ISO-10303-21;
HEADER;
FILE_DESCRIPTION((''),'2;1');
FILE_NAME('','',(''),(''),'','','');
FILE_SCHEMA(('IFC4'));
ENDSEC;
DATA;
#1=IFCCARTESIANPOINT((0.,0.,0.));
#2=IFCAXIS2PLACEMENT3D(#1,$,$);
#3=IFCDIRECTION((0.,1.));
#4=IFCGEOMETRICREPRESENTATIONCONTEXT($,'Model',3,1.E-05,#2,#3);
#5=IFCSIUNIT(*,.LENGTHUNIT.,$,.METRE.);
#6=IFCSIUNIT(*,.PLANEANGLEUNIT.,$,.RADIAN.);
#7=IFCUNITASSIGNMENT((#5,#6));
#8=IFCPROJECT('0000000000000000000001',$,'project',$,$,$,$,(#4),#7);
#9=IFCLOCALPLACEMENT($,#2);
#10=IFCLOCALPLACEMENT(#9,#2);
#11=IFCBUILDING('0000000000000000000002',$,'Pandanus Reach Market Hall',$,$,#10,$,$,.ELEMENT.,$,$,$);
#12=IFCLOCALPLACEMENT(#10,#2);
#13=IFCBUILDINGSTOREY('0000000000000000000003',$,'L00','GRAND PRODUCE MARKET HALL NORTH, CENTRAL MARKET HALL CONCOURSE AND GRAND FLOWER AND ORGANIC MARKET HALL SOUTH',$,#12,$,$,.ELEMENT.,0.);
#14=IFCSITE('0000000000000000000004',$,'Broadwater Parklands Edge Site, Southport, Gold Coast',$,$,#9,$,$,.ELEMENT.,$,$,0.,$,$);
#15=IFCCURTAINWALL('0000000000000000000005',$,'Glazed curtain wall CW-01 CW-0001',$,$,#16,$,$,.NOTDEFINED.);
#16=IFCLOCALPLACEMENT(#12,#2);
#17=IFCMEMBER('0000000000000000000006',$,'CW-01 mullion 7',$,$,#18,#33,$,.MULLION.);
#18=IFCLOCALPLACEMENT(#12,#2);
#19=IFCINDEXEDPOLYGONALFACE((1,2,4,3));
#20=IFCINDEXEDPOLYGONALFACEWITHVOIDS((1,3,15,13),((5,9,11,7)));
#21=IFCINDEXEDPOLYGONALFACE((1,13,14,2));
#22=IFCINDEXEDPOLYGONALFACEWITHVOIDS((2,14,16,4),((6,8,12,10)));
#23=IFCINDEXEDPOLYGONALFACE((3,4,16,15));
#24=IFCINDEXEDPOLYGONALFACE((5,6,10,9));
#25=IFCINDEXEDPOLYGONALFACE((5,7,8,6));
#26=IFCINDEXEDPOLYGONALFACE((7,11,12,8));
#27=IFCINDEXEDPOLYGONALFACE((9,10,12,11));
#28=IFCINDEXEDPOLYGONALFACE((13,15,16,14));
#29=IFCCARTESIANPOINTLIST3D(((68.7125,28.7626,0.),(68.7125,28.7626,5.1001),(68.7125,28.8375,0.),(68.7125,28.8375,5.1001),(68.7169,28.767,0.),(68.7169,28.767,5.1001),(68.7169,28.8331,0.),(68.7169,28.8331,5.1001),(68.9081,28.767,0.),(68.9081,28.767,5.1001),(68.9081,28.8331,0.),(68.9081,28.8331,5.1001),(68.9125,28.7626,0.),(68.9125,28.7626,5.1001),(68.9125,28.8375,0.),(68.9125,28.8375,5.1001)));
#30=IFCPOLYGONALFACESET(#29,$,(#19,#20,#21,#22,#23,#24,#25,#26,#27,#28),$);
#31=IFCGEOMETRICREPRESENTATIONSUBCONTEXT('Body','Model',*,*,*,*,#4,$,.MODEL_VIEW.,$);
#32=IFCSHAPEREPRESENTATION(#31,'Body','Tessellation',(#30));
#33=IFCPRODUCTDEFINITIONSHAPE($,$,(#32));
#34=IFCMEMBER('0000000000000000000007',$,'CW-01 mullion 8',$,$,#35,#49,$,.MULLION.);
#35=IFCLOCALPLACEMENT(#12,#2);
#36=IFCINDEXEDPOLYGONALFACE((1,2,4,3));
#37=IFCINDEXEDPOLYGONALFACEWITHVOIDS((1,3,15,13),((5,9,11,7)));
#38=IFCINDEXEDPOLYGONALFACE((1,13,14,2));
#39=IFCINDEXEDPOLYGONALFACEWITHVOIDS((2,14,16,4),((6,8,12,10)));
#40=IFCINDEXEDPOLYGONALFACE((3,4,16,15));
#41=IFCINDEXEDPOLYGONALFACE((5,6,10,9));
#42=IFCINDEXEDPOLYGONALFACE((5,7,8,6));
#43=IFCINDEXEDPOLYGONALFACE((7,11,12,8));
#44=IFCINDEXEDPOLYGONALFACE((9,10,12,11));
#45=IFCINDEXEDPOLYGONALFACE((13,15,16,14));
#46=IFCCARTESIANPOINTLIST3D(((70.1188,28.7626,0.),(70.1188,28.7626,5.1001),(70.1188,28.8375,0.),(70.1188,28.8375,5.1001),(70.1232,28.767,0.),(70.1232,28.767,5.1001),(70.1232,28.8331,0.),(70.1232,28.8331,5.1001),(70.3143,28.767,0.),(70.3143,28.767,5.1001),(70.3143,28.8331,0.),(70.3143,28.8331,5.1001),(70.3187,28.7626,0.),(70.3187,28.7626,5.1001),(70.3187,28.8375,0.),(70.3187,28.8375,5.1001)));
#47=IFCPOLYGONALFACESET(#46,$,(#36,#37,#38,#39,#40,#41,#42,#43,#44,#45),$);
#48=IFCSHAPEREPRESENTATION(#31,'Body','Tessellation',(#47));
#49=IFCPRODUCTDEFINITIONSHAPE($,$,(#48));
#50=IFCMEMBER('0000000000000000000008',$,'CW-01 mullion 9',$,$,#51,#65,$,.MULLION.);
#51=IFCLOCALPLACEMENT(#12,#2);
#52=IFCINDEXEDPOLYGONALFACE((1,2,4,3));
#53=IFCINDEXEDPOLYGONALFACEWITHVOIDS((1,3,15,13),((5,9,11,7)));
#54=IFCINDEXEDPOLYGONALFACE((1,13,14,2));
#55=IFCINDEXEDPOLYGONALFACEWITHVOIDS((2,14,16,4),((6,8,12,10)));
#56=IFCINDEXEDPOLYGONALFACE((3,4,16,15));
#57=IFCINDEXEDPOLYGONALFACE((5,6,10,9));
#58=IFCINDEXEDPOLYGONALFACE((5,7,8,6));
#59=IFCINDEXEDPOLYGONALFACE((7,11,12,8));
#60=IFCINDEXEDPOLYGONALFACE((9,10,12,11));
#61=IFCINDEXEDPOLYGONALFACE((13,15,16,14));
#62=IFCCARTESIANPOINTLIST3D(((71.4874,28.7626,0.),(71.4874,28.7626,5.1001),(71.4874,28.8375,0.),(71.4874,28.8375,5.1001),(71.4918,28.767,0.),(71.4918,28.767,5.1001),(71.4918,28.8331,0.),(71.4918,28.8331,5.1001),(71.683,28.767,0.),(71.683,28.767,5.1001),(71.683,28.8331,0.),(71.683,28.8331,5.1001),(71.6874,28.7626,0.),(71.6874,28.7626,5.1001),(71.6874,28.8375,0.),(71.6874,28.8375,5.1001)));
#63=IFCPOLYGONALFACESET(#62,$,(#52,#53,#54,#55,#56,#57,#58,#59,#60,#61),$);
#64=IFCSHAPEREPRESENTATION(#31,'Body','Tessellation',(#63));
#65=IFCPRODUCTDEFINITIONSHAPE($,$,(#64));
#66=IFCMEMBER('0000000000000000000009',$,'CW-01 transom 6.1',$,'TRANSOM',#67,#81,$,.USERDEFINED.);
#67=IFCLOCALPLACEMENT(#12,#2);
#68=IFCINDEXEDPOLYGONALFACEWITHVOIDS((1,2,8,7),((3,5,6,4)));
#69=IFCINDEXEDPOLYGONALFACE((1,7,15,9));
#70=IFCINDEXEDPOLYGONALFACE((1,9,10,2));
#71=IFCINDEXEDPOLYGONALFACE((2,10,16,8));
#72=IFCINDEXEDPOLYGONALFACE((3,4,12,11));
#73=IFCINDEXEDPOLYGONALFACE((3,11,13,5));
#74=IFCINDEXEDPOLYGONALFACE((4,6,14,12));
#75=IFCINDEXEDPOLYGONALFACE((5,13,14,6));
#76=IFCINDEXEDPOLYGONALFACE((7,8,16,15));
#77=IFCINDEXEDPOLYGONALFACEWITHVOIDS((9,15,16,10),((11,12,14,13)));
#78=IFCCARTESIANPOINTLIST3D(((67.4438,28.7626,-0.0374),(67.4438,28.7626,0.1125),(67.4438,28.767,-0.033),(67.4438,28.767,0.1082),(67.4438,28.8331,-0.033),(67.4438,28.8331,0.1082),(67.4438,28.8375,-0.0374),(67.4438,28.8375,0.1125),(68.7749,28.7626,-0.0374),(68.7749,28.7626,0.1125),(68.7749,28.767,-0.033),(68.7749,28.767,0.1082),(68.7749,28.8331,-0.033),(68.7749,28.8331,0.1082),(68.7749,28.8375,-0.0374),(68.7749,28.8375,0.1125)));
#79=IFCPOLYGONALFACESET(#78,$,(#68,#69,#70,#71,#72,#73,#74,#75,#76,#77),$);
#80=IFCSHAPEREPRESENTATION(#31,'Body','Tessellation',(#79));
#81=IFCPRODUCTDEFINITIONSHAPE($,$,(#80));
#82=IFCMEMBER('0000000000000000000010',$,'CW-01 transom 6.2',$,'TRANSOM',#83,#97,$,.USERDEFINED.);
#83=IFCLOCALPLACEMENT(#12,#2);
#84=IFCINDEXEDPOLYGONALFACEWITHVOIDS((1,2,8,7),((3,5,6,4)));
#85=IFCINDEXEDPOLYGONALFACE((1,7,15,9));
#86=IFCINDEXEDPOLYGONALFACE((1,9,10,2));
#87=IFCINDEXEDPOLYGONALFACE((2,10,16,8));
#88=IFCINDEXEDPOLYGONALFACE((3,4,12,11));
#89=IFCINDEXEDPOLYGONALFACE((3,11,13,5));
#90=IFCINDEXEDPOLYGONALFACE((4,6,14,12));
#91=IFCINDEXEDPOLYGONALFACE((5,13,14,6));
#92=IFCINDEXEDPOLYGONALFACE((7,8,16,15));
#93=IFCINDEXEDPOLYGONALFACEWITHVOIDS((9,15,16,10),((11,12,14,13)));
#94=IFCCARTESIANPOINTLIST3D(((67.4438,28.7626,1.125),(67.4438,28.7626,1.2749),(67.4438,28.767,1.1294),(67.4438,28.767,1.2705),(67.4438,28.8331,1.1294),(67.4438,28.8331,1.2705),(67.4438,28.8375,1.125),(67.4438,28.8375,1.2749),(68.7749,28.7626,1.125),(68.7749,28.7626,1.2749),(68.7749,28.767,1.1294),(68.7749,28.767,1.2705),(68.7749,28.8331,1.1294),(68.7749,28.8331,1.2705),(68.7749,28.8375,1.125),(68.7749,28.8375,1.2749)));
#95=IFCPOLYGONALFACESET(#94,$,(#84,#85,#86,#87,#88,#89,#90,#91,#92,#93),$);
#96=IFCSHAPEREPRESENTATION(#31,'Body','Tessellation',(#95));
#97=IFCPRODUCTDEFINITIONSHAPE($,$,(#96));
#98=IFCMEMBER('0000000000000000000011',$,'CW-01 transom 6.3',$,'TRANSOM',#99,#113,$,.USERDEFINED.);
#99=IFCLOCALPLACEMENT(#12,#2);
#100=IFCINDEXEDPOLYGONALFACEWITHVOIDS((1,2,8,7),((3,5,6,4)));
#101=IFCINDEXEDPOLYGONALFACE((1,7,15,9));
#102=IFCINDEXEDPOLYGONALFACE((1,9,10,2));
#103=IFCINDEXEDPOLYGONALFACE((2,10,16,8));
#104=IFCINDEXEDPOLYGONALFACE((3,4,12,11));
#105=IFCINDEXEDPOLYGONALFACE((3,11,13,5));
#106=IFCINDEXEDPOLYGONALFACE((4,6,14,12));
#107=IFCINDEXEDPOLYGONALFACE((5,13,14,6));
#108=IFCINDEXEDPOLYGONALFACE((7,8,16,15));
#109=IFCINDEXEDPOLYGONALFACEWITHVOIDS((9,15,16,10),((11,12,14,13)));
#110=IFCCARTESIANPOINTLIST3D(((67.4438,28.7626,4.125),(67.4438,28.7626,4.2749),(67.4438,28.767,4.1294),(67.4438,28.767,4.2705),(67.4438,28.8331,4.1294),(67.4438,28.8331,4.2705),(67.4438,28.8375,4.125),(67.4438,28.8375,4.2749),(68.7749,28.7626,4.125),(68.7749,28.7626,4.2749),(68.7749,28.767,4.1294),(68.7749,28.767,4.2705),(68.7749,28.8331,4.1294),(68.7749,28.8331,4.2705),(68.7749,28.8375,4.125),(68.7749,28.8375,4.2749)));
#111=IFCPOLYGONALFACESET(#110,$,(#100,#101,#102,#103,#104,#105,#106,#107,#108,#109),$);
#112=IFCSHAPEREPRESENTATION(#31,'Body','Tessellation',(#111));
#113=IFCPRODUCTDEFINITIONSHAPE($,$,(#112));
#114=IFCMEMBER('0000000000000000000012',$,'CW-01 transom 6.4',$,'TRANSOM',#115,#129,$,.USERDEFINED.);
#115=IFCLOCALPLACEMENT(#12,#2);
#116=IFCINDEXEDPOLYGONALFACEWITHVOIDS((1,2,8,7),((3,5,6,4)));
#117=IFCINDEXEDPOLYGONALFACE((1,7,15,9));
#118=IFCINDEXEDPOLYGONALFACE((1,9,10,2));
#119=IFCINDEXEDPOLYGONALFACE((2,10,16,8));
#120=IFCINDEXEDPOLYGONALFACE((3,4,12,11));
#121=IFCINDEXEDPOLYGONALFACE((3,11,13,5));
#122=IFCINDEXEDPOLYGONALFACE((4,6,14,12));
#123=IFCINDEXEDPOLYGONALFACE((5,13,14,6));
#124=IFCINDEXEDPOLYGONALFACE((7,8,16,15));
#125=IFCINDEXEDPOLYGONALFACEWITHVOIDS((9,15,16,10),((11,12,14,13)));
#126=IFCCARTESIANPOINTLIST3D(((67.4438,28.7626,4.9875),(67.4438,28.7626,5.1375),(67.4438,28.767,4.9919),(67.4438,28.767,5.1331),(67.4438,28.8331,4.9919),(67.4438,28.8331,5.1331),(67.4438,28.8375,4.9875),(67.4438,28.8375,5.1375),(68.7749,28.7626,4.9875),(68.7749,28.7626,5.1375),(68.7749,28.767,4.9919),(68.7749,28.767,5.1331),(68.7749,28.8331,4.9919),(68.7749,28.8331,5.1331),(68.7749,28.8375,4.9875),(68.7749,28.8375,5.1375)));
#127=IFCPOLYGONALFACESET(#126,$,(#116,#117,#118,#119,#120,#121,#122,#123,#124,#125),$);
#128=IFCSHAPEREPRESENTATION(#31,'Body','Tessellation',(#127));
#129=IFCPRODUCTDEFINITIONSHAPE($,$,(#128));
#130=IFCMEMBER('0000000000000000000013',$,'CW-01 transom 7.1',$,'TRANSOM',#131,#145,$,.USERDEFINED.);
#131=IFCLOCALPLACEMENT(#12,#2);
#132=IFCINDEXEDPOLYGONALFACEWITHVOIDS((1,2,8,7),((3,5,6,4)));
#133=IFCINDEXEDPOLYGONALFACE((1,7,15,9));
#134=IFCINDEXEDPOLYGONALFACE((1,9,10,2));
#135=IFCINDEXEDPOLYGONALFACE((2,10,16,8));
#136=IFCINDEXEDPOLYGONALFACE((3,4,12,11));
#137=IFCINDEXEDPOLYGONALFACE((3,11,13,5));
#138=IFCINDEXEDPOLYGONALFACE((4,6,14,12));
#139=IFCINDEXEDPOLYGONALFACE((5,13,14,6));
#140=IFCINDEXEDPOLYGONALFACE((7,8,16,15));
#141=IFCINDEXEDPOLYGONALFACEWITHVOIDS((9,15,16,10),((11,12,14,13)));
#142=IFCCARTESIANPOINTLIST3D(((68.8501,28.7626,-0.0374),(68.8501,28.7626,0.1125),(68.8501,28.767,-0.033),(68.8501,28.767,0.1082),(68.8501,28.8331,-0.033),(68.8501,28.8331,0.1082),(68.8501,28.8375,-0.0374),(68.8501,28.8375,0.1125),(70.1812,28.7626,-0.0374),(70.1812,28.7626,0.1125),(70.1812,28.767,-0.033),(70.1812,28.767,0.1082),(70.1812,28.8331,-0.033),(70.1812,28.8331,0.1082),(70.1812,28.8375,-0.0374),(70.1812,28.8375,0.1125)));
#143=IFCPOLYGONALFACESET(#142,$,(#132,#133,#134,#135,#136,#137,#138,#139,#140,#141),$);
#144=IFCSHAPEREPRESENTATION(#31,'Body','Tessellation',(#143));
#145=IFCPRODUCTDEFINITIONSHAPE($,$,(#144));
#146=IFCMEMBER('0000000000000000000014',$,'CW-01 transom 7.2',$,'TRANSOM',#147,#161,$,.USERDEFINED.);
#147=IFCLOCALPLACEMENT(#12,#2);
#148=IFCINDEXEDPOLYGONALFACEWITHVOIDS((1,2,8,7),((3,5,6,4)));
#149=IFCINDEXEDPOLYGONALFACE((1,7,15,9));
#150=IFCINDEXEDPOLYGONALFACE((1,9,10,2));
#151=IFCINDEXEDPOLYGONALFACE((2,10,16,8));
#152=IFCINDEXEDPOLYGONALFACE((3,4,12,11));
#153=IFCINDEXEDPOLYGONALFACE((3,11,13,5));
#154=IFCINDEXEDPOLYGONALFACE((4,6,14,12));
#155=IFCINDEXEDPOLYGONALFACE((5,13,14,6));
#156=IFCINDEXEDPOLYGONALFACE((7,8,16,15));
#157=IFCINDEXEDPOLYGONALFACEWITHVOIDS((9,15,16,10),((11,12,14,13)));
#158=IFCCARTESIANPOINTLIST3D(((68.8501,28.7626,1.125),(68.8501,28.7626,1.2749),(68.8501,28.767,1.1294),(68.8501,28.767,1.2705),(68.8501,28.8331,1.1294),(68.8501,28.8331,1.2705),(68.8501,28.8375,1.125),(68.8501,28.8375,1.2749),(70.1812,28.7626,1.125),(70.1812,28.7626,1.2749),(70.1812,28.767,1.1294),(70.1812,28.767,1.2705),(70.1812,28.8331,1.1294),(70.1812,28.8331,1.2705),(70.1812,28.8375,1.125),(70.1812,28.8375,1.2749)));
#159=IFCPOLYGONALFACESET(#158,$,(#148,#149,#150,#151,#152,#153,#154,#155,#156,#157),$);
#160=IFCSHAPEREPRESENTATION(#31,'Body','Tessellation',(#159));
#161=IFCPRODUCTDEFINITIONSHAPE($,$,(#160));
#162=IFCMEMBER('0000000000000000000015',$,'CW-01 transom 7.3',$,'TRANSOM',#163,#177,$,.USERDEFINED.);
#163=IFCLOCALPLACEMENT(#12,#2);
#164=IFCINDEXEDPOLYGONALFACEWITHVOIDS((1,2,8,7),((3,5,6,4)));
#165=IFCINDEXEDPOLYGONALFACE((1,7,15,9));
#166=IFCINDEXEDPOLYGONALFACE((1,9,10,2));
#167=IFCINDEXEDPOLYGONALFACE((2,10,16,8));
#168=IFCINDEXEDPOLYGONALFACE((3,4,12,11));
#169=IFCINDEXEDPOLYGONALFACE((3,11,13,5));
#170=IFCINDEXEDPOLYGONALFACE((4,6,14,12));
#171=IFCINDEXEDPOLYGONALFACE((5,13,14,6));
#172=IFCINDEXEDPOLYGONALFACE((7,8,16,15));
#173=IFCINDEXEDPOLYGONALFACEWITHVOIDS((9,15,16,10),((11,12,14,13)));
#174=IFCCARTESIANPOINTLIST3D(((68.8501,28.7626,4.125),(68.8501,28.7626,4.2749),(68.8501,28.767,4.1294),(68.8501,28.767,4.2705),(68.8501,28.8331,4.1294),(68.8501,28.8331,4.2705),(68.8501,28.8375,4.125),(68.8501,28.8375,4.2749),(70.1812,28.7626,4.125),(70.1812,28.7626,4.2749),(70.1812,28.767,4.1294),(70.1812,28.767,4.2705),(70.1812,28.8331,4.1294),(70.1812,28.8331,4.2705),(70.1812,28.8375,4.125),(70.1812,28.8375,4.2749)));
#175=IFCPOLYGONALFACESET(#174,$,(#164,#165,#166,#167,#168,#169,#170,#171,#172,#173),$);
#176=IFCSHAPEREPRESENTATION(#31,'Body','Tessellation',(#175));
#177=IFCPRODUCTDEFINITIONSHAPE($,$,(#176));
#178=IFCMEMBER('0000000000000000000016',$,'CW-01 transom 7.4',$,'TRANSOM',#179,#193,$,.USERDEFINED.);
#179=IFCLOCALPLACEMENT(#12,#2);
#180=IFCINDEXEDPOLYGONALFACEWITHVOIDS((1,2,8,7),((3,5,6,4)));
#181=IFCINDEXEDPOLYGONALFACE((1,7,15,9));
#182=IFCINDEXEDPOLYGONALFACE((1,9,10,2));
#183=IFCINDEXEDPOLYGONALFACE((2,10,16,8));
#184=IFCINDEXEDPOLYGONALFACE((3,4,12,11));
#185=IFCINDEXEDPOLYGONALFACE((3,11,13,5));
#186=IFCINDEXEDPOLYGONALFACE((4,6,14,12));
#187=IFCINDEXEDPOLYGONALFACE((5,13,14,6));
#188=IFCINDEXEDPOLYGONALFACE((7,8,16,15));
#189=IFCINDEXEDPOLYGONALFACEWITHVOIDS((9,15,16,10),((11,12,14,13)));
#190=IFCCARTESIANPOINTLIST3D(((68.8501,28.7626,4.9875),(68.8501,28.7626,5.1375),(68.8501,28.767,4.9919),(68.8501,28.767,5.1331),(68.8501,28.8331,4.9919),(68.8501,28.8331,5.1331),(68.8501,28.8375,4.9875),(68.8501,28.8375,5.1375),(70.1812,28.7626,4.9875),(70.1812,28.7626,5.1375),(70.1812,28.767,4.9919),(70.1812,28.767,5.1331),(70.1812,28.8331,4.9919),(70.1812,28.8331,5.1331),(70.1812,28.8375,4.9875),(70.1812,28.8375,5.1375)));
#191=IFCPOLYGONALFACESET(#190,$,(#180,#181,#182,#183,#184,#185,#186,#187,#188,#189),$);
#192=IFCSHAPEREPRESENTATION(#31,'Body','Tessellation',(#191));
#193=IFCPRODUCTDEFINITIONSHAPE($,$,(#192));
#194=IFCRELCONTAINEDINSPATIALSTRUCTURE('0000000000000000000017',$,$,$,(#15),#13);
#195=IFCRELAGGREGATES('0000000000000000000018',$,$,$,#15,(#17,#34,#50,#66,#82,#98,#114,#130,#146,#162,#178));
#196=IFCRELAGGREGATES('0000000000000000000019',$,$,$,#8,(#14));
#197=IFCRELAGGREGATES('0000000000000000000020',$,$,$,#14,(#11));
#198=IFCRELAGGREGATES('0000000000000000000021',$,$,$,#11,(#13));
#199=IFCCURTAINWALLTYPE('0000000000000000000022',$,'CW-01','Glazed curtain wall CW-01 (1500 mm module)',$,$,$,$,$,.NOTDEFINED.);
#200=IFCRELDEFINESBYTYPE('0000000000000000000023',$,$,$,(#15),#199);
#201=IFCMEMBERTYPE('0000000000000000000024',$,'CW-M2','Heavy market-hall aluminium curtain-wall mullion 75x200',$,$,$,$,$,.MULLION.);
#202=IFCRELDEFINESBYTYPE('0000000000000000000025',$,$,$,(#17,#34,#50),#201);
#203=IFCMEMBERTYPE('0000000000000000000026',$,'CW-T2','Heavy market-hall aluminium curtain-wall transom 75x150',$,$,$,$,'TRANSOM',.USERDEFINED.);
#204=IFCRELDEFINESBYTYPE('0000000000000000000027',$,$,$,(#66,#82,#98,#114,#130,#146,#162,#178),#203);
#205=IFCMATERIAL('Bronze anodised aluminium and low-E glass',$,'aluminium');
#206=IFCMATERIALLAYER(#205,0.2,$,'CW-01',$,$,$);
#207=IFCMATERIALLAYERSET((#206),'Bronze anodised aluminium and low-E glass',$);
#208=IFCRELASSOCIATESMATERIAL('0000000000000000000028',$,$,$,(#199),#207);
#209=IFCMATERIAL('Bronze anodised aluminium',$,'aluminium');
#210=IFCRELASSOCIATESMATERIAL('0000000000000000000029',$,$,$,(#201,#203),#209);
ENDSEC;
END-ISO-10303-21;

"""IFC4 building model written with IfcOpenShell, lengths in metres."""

from ifc_helpers import new_model, si_unit, direction, frame, origin, origin_2d, place, context, subcontext, project, spatial, hollow_rectangle, extrude, material, layer, layer_set, material_profile, profile_set, type_object, element, aggregate, save


model = new_model("IFC4")

# Units and contexts
model_context = context("Model", 3, precision=1e-05, world=origin(), true_north=direction((0.0, 1.0)))
body_context = subcontext(model_context, "Body", "Model", "MODEL_VIEW")
ifc_project = project(units=[si_unit("LENGTHUNIT", "METRE"), si_unit("PLANEANGLEUNIT", "RADIAN")], contexts=[model_context])

# Site, building, storey
site_placement = place(None, origin())
site = spatial("IfcSite", under=ifc_project, at=site_placement, Name="Broadwater Parklands Edge Site, Southport, Gold Coast", CompositionType="ELEMENT", RefElevation=0.0)
building_placement = place(site_placement, origin())
building = spatial("IfcBuilding", under=site, at=building_placement, Name="Pandanus Reach Market Hall", CompositionType="ELEMENT")
storey_placement = place(building_placement, origin())
storey = spatial("IfcBuildingStorey", under=building, at=storey_placement, Name="L00", Description="GRAND PRODUCE MARKET HALL NORTH, CENTRAL MARKET HALL CONCOURSE AND GRAND FLOWER AND ORGANIC MARKET HALL SOUTH", CompositionType="ELEMENT", Elevation=0.0)

# Curtain wall, members
ifc_material_1 = material(Name="Bronze anodised aluminium and low-E glass", Category="aluminium")
ifc_layer_1 = layer(ifc_material_1, 0.2, Name="CW-01")
ifc_layer_set_1 = layer_set([ifc_layer_1], Name="Bronze anodised aluminium and low-E glass")
curtain_wall_type = type_object("IfcCurtainWallType", Name="CW-01", Description="Glazed curtain wall CW-01 (1500 mm module)", PredefinedType="NOTDEFINED", material=ifc_layer_set_1)
curtain_wall_placement = place(storey_placement, origin())
curtain_wall = element("IfcCurtainWall", 1, at=curtain_wall_placement, inside=storey, type_object=curtain_wall_type, Name="Glazed curtain wall CW-01 CW-0001", PredefinedType="NOTDEFINED")
ifc_material_2 = material(Name="Bronze anodised aluminium", Category="aluminium")
ifc_material_profile_1 = material_profile(ifc_material_2, hollow_rectangle(XDim=0.075, YDim=0.2, WallThickness=0.0044, at=origin_2d()), Name="ALU75x200", Category="LoadBearing")
ifc_profile_set_1 = profile_set([ifc_material_profile_1], Name="Bronze anodised aluminium")
member_type_1 = type_object("IfcMemberType", Name="CW-M2", Description="Heavy market-hall aluminium curtain-wall mullion 75x200", PredefinedType="MULLION", material=ifc_profile_set_1)
member_1_placement = place(storey_placement, frame((68.8125, 28.8, 0.0), z_axis=(0.0, 0.0, 1.0), x_axis=(0.0, 1.0, 0.0)))
member_1 = element("IfcMember", 2, at=member_1_placement, type_object=member_type_1, Name="CW-01 mullion 7", PredefinedType="MULLION", context=body_context, shape_type="SweptSolid", body=[
    extrude(hollow_rectangle(XDim=0.075, YDim=0.2, WallThickness=0.0044, at=origin_2d()), origin(), (0.0, 0.0, 1.0), 5.1001),
])
member_2_placement = place(storey_placement, frame((70.2188, 28.8, 0.0), z_axis=(0.0, 0.0, 1.0), x_axis=(0.0, 1.0, 0.0)))
member_2 = element("IfcMember", 3, at=member_2_placement, type_object=member_type_1, Name="CW-01 mullion 8", PredefinedType="MULLION", context=body_context, shape_type="SweptSolid", body=[
    extrude(hollow_rectangle(XDim=0.075, YDim=0.2, WallThickness=0.0044, at=origin_2d()), origin(), (0.0, 0.0, 1.0), 5.1001),
])
member_3_placement = place(storey_placement, frame((71.5874, 28.8, 0.0), z_axis=(0.0, 0.0, 1.0), x_axis=(0.0, 1.0, 0.0)))
member_3 = element("IfcMember", 4, at=member_3_placement, type_object=member_type_1, Name="CW-01 mullion 9", PredefinedType="MULLION", context=body_context, shape_type="SweptSolid", body=[
    extrude(hollow_rectangle(XDim=0.075, YDim=0.2, WallThickness=0.0044, at=origin_2d()), origin(), (0.0, 0.0, 1.0), 5.1001),
])
ifc_material_profile_2 = material_profile(ifc_material_2, hollow_rectangle(XDim=0.075, YDim=0.1499, WallThickness=0.0044, at=origin_2d()), Name="ALU75x150", Category="LoadBearing")
ifc_profile_set_2 = profile_set([ifc_material_profile_2], Name="Bronze anodised aluminium")
member_type_2 = type_object("IfcMemberType", Name="CW-T2", Description="Heavy market-hall aluminium curtain-wall transom 75x150", ElementType="TRANSOM", PredefinedType="USERDEFINED", material=ifc_profile_set_2)
member_4_placement = place(storey_placement, frame((67.4438, 28.8, 0.0376), z_axis=(1.0, 0.0, 0.0), x_axis=(0.0, 1.0, 0.0)))
member_4 = element("IfcMember", 5, at=member_4_placement, type_object=member_type_2, Name="CW-01 transom 6.1", ObjectType="TRANSOM", PredefinedType="USERDEFINED", context=body_context, shape_type="SweptSolid", body=[
    extrude(hollow_rectangle(XDim=0.075, YDim=0.1499, WallThickness=0.0044, at=origin_2d()), origin(), (0.0, 0.0, 1.0), 1.3311),
])
member_5_placement = place(storey_placement, frame((67.4438, 28.8, 1.2), z_axis=(1.0, 0.0, 0.0), x_axis=(0.0, 1.0, 0.0)))
member_5 = element("IfcMember", 6, at=member_5_placement, type_object=member_type_2, Name="CW-01 transom 6.2", ObjectType="TRANSOM", PredefinedType="USERDEFINED", context=body_context, shape_type="SweptSolid", body=[
    extrude(hollow_rectangle(XDim=0.075, YDim=0.1499, WallThickness=0.0044, at=origin_2d()), origin(), (0.0, 0.0, 1.0), 1.3311),
])
member_6_placement = place(storey_placement, frame((67.4438, 28.8, 4.2), z_axis=(1.0, 0.0, 0.0), x_axis=(0.0, 1.0, 0.0)))
member_6 = element("IfcMember", 7, at=member_6_placement, type_object=member_type_2, Name="CW-01 transom 6.3", ObjectType="TRANSOM", PredefinedType="USERDEFINED", context=body_context, shape_type="SweptSolid", body=[
    extrude(hollow_rectangle(XDim=0.075, YDim=0.1499, WallThickness=0.0044, at=origin_2d()), origin(), (0.0, 0.0, 1.0), 1.3311),
])
member_7_placement = place(storey_placement, frame((67.4438, 28.8, 5.0625), z_axis=(1.0, 0.0, 0.0), x_axis=(0.0, 1.0, 0.0)))
member_7 = element("IfcMember", 8, at=member_7_placement, type_object=member_type_2, Name="CW-01 transom 6.4", ObjectType="TRANSOM", PredefinedType="USERDEFINED", context=body_context, shape_type="SweptSolid", body=[
    extrude(hollow_rectangle(XDim=0.075, YDim=0.1499, WallThickness=0.0044, at=origin_2d()), origin(), (0.0, 0.0, 1.0), 1.3311),
])
member_8_placement = place(storey_placement, frame((68.8501, 28.8, 0.0376), z_axis=(1.0, 0.0, 0.0), x_axis=(0.0, 1.0, 0.0)))
member_8 = element("IfcMember", 9, at=member_8_placement, type_object=member_type_2, Name="CW-01 transom 7.1", ObjectType="TRANSOM", PredefinedType="USERDEFINED", context=body_context, shape_type="SweptSolid", body=[
    extrude(hollow_rectangle(XDim=0.075, YDim=0.1499, WallThickness=0.0044, at=origin_2d()), origin(), (0.0, 0.0, 1.0), 1.3311),
])
member_9_placement = place(storey_placement, frame((68.8501, 28.8, 1.2), z_axis=(1.0, 0.0, 0.0), x_axis=(0.0, 1.0, 0.0)))
member_9 = element("IfcMember", 10, at=member_9_placement, type_object=member_type_2, Name="CW-01 transom 7.2", ObjectType="TRANSOM", PredefinedType="USERDEFINED", context=body_context, shape_type="SweptSolid", body=[
    extrude(hollow_rectangle(XDim=0.075, YDim=0.1499, WallThickness=0.0044, at=origin_2d()), origin(), (0.0, 0.0, 1.0), 1.3311),
])
member_10_placement = place(storey_placement, frame((68.8501, 28.8, 4.2), z_axis=(1.0, 0.0, 0.0), x_axis=(0.0, 1.0, 0.0)))
member_10 = element("IfcMember", 11, at=member_10_placement, type_object=member_type_2, Name="CW-01 transom 7.3", ObjectType="TRANSOM", PredefinedType="USERDEFINED", context=body_context, shape_type="SweptSolid", body=[
    extrude(hollow_rectangle(XDim=0.075, YDim=0.1499, WallThickness=0.0044, at=origin_2d()), origin(), (0.0, 0.0, 1.0), 1.3311),
])
member_11_placement = place(storey_placement, frame((68.8501, 28.8, 5.0625), z_axis=(1.0, 0.0, 0.0), x_axis=(0.0, 1.0, 0.0)))
member_11 = element("IfcMember", 12, at=member_11_placement, type_object=member_type_2, Name="CW-01 transom 7.4", ObjectType="TRANSOM", PredefinedType="USERDEFINED", context=body_context, shape_type="SweptSolid", body=[
    extrude(hollow_rectangle(XDim=0.075, YDim=0.1499, WallThickness=0.0044, at=origin_2d()), origin(), (0.0, 0.0, 1.0), 1.3311),
])

aggregate(curtain_wall, [member_1, member_2, member_3, member_4, member_5, member_6, member_7, member_8, member_9, member_10, member_11])

save(model, "model.ifc")
